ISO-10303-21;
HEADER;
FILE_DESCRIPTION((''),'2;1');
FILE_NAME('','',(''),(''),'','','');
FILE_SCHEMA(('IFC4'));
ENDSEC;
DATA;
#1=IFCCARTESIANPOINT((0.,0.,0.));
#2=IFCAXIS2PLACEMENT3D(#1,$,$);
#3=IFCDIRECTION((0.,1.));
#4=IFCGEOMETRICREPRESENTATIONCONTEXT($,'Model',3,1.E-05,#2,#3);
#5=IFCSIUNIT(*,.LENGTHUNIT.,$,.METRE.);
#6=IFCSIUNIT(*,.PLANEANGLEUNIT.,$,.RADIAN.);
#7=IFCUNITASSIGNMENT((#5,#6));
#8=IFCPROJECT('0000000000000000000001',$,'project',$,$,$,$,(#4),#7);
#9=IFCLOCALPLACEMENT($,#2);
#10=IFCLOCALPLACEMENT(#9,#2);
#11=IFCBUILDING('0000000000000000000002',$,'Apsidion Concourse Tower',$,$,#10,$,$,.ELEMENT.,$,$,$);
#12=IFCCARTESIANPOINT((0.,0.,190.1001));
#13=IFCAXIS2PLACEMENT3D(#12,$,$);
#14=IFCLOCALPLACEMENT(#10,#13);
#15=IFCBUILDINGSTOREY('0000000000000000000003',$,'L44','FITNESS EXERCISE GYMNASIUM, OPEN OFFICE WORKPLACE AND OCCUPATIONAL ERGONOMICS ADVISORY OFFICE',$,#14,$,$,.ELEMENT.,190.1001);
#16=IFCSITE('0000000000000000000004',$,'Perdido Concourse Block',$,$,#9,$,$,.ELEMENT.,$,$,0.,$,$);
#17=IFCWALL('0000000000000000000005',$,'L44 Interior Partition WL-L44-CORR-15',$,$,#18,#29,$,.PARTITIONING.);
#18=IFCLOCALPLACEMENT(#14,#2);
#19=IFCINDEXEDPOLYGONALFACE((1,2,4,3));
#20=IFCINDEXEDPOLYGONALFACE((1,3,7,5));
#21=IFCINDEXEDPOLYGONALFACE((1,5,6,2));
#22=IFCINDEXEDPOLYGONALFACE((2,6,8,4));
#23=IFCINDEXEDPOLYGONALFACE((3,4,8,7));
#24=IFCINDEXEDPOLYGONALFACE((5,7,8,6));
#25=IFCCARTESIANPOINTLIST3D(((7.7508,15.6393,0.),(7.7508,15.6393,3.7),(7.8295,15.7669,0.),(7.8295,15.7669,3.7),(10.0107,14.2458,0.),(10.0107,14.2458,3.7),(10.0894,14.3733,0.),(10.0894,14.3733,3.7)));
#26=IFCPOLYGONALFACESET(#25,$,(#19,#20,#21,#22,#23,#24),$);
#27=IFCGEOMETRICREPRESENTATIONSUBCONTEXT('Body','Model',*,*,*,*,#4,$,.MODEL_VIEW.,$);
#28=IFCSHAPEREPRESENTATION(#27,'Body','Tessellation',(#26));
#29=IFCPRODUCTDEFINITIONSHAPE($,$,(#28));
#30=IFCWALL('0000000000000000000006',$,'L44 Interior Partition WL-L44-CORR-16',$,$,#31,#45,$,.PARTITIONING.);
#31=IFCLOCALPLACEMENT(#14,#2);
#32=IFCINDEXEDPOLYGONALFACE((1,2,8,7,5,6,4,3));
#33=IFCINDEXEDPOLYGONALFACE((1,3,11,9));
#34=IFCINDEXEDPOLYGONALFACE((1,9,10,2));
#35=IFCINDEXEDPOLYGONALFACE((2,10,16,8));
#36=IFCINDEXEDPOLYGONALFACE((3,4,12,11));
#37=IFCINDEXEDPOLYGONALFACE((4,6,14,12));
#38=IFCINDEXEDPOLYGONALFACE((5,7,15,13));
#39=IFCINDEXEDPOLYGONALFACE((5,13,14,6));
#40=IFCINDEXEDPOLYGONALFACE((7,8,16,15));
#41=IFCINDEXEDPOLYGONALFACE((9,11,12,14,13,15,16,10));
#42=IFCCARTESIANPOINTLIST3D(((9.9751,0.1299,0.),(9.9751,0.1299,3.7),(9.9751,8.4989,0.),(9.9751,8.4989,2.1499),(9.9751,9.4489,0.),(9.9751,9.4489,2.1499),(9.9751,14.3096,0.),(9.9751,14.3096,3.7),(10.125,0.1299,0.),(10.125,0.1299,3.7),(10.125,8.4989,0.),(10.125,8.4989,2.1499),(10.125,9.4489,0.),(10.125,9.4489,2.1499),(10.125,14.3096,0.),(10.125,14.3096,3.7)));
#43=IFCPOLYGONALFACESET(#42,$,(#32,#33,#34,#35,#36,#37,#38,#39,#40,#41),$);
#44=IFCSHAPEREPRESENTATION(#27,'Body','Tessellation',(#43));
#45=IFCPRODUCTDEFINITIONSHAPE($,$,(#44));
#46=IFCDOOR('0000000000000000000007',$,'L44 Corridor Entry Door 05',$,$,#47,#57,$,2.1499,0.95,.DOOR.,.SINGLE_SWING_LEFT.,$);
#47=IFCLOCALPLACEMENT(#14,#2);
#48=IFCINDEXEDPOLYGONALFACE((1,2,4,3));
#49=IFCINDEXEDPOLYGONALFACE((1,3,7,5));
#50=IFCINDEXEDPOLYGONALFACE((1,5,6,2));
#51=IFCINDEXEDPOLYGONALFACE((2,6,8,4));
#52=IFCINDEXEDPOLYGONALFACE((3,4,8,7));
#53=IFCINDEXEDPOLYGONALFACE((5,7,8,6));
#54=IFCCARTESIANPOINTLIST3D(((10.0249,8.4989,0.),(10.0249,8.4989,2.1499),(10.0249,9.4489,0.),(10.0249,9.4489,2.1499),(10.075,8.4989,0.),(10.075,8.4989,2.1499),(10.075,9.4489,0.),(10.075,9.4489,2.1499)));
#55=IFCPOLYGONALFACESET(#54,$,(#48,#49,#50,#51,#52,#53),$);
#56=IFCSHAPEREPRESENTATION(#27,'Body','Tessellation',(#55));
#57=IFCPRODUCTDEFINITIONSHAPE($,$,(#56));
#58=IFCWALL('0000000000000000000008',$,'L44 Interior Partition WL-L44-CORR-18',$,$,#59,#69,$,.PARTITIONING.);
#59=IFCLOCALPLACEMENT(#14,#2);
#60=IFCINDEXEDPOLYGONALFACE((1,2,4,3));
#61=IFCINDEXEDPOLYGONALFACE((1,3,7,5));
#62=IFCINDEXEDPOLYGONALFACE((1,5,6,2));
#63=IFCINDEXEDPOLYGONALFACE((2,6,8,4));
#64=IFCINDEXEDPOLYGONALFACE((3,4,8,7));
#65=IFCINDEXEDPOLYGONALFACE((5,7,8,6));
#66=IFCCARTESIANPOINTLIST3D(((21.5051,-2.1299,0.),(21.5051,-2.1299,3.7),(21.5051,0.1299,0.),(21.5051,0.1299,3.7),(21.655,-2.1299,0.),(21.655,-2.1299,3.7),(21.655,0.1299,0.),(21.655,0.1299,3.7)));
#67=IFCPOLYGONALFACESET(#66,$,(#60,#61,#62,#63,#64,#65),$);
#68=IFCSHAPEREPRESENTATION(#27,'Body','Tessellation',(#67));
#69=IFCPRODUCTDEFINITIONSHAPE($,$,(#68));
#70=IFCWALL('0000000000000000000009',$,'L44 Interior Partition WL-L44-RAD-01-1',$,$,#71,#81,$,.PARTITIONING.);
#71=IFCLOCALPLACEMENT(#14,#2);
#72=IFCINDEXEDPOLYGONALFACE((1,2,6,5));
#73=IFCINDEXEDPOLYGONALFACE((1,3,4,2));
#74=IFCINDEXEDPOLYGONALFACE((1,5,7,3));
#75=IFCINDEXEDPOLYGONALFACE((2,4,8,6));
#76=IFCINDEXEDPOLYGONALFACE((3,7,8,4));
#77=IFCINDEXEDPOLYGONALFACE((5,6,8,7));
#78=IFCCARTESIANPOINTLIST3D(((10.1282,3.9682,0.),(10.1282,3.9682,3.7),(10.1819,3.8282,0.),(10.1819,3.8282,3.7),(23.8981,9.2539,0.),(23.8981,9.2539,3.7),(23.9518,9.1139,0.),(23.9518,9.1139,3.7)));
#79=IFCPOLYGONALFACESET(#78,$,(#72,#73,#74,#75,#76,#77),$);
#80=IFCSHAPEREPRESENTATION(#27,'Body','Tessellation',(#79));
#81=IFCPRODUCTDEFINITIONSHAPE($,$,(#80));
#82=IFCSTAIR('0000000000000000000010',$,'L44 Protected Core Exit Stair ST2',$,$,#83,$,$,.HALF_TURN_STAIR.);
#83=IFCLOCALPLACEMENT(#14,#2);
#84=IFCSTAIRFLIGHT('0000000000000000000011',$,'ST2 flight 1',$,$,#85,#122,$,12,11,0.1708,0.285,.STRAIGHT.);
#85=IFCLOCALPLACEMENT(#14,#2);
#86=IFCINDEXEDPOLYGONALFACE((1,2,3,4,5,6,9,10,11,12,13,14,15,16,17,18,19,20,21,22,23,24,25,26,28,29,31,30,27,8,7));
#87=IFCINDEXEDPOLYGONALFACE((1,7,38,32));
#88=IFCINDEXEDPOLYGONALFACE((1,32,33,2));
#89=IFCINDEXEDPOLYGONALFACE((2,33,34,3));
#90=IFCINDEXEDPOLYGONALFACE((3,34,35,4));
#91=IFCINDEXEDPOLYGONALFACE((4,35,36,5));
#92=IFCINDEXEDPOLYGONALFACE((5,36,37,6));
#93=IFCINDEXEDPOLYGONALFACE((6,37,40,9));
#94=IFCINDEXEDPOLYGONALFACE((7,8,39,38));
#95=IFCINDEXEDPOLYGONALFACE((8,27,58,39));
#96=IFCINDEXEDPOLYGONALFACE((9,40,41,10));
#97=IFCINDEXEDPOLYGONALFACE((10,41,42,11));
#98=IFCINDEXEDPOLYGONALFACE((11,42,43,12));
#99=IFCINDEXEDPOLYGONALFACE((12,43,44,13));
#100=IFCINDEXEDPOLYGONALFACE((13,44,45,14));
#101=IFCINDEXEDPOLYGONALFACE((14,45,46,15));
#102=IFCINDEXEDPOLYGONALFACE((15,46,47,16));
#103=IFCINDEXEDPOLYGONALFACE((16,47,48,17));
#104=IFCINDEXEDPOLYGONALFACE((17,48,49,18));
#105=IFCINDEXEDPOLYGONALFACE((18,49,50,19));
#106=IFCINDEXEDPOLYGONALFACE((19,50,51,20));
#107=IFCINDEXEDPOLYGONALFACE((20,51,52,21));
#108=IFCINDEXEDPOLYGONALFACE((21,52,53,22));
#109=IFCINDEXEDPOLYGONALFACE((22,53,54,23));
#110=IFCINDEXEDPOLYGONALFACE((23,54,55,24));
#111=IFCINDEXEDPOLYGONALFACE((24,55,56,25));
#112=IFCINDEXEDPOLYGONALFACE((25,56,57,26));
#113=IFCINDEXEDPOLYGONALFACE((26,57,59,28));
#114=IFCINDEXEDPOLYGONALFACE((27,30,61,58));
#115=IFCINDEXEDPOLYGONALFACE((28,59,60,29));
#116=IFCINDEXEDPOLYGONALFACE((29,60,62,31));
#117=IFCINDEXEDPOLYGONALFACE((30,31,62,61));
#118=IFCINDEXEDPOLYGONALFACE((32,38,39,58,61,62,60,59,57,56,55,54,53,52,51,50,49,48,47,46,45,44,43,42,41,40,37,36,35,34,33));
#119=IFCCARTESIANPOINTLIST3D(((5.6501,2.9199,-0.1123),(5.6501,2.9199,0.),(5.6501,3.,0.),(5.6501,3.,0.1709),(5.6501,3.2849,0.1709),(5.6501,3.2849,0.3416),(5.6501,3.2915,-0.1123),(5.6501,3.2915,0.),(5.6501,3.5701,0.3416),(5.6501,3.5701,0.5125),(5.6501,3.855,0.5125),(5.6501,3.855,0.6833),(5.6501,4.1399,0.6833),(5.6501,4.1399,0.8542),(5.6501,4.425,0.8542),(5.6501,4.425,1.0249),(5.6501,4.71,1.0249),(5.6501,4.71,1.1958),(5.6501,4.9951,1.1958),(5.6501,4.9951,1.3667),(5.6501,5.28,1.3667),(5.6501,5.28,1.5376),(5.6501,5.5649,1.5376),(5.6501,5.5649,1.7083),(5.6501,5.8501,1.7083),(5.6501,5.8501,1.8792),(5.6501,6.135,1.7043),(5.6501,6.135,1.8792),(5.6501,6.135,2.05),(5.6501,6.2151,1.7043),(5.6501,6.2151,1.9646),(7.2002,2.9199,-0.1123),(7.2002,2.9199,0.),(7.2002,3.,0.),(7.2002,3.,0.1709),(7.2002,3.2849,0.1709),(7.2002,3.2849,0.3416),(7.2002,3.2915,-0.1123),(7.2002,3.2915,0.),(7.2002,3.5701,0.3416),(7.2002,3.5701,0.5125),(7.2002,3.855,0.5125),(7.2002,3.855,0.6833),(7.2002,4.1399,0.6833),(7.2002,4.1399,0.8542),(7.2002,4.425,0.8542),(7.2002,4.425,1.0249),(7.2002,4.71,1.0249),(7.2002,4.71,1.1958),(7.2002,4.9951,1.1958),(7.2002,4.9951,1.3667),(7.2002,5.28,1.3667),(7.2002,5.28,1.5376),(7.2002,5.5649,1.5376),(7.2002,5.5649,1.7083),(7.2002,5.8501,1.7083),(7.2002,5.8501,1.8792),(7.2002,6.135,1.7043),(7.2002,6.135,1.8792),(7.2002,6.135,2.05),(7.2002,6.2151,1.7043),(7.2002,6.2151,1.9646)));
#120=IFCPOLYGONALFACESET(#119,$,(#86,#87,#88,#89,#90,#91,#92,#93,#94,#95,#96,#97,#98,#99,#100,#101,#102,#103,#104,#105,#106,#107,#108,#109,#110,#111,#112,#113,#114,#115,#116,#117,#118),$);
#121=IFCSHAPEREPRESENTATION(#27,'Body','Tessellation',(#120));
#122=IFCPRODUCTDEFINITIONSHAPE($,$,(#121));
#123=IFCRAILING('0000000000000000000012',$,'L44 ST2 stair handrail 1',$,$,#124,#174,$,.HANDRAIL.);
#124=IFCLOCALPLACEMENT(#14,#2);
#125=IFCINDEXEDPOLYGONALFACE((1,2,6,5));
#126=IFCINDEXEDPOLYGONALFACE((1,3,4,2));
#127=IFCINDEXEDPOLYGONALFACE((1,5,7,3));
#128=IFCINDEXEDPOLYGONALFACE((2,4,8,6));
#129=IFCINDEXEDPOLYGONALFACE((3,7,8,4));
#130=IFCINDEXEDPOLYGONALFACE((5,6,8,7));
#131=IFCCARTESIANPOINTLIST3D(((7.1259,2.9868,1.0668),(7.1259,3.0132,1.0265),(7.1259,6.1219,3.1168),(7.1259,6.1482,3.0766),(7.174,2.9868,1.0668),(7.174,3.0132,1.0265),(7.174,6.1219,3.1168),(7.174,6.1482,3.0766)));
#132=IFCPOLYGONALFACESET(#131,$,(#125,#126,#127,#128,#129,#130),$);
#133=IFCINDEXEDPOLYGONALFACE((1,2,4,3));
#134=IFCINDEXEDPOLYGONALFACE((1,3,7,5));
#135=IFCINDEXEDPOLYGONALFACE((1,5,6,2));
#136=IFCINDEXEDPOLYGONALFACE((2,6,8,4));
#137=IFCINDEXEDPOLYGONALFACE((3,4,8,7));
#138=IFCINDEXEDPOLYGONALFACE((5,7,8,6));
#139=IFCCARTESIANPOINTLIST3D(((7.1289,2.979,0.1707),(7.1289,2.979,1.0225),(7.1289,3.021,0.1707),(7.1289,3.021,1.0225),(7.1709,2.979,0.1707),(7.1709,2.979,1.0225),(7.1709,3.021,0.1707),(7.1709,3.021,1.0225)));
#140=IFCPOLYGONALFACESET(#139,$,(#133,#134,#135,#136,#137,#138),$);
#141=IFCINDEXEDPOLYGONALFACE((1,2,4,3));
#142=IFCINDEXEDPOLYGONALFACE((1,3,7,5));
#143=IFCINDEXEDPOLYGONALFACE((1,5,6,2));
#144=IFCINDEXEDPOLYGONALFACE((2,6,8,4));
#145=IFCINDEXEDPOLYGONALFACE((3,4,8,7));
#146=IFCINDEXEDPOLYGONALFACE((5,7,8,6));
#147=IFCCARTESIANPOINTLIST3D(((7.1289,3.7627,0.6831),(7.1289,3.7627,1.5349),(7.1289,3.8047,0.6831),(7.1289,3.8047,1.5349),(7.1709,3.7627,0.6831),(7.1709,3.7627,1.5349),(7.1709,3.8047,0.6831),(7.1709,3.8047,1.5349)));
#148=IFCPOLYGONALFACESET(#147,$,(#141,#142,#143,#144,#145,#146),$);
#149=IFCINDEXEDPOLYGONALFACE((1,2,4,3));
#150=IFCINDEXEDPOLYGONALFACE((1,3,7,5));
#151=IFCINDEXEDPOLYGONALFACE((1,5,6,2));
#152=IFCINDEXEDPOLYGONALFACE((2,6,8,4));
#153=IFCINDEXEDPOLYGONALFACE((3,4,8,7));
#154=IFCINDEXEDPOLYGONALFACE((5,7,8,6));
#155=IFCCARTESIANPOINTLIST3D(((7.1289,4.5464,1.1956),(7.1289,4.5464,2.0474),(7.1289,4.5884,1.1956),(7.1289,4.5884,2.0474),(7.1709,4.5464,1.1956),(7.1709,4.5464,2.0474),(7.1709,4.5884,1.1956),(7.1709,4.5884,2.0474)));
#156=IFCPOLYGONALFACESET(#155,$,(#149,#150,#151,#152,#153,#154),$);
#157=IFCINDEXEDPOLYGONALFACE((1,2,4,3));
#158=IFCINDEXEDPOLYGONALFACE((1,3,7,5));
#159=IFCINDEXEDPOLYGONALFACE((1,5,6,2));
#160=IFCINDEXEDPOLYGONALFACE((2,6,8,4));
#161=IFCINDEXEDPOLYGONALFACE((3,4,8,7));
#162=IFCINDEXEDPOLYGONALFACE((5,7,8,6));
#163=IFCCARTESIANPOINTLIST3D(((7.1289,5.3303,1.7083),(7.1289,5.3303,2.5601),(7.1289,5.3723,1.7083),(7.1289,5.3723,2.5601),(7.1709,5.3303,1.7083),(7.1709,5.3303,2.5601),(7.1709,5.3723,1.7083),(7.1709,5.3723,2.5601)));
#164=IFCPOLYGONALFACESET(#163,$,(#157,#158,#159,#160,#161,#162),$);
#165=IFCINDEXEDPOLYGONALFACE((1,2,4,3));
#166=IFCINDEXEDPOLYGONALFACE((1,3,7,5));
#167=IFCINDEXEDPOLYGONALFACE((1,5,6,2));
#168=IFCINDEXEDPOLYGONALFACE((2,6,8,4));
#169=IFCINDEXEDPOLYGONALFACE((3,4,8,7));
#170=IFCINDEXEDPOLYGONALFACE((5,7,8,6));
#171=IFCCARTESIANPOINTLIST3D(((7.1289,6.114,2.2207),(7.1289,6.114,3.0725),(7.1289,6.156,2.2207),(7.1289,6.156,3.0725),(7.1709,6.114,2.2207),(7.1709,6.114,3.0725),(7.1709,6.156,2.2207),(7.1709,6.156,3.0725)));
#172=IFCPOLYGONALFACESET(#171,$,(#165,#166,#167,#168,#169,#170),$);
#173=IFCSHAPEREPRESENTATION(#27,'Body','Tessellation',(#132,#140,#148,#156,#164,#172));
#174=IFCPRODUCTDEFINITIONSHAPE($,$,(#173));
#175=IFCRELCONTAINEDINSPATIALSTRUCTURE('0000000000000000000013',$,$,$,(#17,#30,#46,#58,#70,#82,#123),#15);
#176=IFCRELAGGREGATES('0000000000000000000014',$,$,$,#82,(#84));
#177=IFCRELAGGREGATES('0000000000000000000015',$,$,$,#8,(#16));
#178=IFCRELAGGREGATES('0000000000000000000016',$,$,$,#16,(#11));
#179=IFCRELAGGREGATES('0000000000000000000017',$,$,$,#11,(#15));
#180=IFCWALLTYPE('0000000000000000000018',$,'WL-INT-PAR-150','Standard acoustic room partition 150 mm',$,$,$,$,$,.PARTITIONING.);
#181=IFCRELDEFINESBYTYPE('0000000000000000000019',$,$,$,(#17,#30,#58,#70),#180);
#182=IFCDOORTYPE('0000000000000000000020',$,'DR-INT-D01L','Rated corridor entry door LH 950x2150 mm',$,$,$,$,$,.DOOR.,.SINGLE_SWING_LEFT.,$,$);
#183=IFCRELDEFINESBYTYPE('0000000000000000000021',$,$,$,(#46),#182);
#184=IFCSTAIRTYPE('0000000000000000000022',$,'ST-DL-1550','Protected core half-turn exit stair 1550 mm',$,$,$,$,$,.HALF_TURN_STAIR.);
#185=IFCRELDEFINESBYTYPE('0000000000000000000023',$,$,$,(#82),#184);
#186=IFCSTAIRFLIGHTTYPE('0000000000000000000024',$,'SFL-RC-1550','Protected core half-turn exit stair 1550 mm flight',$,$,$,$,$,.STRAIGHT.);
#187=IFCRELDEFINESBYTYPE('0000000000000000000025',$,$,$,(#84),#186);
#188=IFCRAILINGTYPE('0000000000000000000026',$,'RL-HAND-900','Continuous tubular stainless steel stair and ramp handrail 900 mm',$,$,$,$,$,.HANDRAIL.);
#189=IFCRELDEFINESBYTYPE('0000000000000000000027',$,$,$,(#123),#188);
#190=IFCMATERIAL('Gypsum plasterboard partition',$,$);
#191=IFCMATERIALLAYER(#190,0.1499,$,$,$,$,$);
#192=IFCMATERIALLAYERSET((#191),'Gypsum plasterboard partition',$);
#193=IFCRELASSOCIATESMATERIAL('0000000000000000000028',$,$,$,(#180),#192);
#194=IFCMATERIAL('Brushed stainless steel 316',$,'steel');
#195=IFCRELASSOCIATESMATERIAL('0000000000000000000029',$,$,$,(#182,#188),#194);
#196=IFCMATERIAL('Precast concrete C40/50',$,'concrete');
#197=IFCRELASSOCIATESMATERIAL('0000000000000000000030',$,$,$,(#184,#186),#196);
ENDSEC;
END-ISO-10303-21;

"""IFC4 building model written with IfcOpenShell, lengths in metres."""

from ifc_helpers import new_model, si_unit, direction, frame, frame_2d, origin, origin_2d, place, context, subcontext, project, spatial, polyline, rectangle, outline, extrude, material, layer, layer_set, type_object, element, fill, aggregate, save


model = new_model("IFC4")

# Units and contexts
model_context = context("Model", 3, precision=1e-05, world=origin(), true_north=direction((0.0, 1.0)))
body_context = subcontext(model_context, "Body", "Model", "MODEL_VIEW")
ifc_project = project(units=[si_unit("LENGTHUNIT", "METRE"), si_unit("PLANEANGLEUNIT", "RADIAN")], contexts=[model_context])

# Site, building, storey
site_placement = place(None, origin())
site = spatial("IfcSite", under=ifc_project, at=site_placement, Name="Perdido Concourse Block", CompositionType="ELEMENT", RefElevation=0.0)
building_placement = place(site_placement, origin())
building = spatial("IfcBuilding", under=site, at=building_placement, Name="Apsidion Concourse Tower", CompositionType="ELEMENT")
storey_placement = place(building_placement, frame((0.0, 0.0, 190.1001)))
storey = spatial("IfcBuildingStorey", under=building, at=storey_placement, Name="L44", Description="FITNESS EXERCISE GYMNASIUM, OPEN OFFICE WORKPLACE AND OCCUPATIONAL ERGONOMICS ADVISORY OFFICE", CompositionType="ELEMENT", Elevation=190.1001)

# Wall
ifc_material_1 = material(Name="Precast concrete C40/50", Category="concrete")
ifc_material_2 = material(Name="Gypsum plasterboard partition")
ifc_layer_1 = layer(ifc_material_2, 0.1499)
ifc_layer_set_1 = layer_set([ifc_layer_1], Name="Gypsum plasterboard partition")
wall_type_1 = type_object("IfcWallType", Name="WL-INT-PAR-150", Description="Standard acoustic room partition 150 mm", PredefinedType="PARTITIONING", material=ifc_layer_set_1)
wall_1_placement = place(storey_placement, frame((7.79, 15.7031, 0.0), z_axis=(0.0, 0.0, 1.0), x_axis=(0.851191, -0.524857, 0.0)))
element("IfcWall", 1, at=wall_1_placement, inside=storey, type_object=wall_type_1, Name="L44 Interior Partition WL-L44-CORR-15", PredefinedType="PARTITIONING", context=body_context, shape_type="SweptSolid", body=[
    extrude(rectangle(XDim=2.655, YDim=0.1499, at=frame_2d((1.3276, 0.0))), origin(), (0.0, 0.0, 1.0), 3.7),
])

# Wall, opening, door
wall_2_placement = place(storey_placement, frame((10.05, 14.3096, 0.0), z_axis=(0.0, 0.0, 1.0), x_axis=(0.0, -1.0, 0.0)))
wall_2 = element("IfcWall", 2, at=wall_2_placement, inside=storey, type_object=wall_type_1, Name="L44 Interior Partition WL-L44-CORR-16", PredefinedType="PARTITIONING", context=body_context, shape_type="SweptSolid", body=[
    extrude(rectangle(XDim=14.1797, YDim=0.1499, at=frame_2d((7.0898, 0.0))), origin(), (0.0, 0.0, 1.0), 3.7),
])
opening_placement = place(wall_2_placement, frame((4.8606, 0.0, 0.0)))
opening = element("IfcOpeningElement", 3, at=opening_placement, cuts=wall_2, PredefinedType="OPENING", context=body_context, shape_type="SweptSolid", body=[
    extrude(rectangle(XDim=0.95, YDim=2.1499, at=frame_2d((0.4751, 1.075))), frame((0.0, 0.085, 0.0), z_axis=(0.0, -1.0, 0.0), x_axis=(1.0, 0.0, 0.0)), (0.0, 0.0, 1.0), 0.1699),
])
ifc_material_3 = material(Name="Brushed stainless steel 316", Category="steel")
door_type = type_object("IfcDoorType", Name="DR-INT-D01L", Description="Rated corridor entry door LH 950x2150 mm", OperationType="SINGLE_SWING_LEFT", PredefinedType="DOOR", material=ifc_material_3)
door_placement = place(opening_placement, origin())
door = element("IfcDoor", 4, at=door_placement, inside=storey, type_object=door_type, Name="L44 Corridor Entry Door 05", OperationType="SINGLE_SWING_LEFT", OverallHeight=2.1499, OverallWidth=0.95, PredefinedType="DOOR", context=body_context, shape_type="SweptSolid", body=[
    extrude(rectangle(XDim=0.95, YDim=2.1499, at=frame_2d((0.4751, 1.075))), frame((0.0, 0.0249, 0.0), z_axis=(0.0, -1.0, 0.0), x_axis=(1.0, 0.0, 0.0)), (0.0, 0.0, 1.0), 0.05),
])
fill(opening, door)

# Walls
wall_3_placement = place(storey_placement, frame((21.5801, 0.1299, 0.0), z_axis=(0.0, 0.0, 1.0), x_axis=(0.0, -1.0, 0.0)))
element("IfcWall", 5, at=wall_3_placement, inside=storey, type_object=wall_type_1, Name="L44 Interior Partition WL-L44-CORR-18", PredefinedType="PARTITIONING", context=body_context, shape_type="SweptSolid", body=[
    extrude(rectangle(XDim=2.2598, YDim=0.1499, at=frame_2d((1.1299, 0.0))), origin(), (0.0, 0.0, 1.0), 3.7),
])
wall_4_placement = place(storey_placement, frame((10.155, 3.8982, 0.0), z_axis=(0.0, 0.0, 1.0), x_axis=(0.933582, 0.358363, 0.0)))
element("IfcWall", 6, at=wall_4_placement, inside=storey, type_object=wall_type_1, Name="L44 Interior Partition WL-L44-RAD-01-1", PredefinedType="PARTITIONING", context=body_context, shape_type="SweptSolid", body=[
    extrude(rectangle(XDim=14.7495, YDim=0.1499, at=frame_2d((7.3748, 0.0))), origin(), (0.0, 0.0, 1.0), 3.7),
])

# Stair, stair flight
stair_type = type_object("IfcStairType", Name="ST-DL-1550", Description="Protected core half-turn exit stair 1550 mm", PredefinedType="HALF_TURN_STAIR", material=ifc_material_1)
stair_placement = place(storey_placement, origin())
stair = element("IfcStair", 7, at=stair_placement, inside=storey, type_object=stair_type, Name="L44 Protected Core Exit Stair ST2", PredefinedType="HALF_TURN_STAIR")
stair_flight_type = type_object("IfcStairFlightType", Name="SFL-RC-1550", Description="Protected core half-turn exit stair 1550 mm flight", PredefinedType="STRAIGHT", material=ifc_material_1)
stair_flight_placement = place(storey_placement, frame((6.425, 3.0, 0.0), z_axis=(0.0, 0.0, 1.0), x_axis=(0.0, 1.0, 0.0)))
stair_flight = element("IfcStairFlight", 8, at=stair_flight_placement, type_object=stair_flight_type, Name="ST2 flight 1", NumberOfRisers=12, NumberOfTreads=11, PredefinedType="STRAIGHT", RiserHeight=0.1708, TreadLength=0.285, context=body_context, shape_type="SweptSolid", body=[
    extrude(outline(polyline([(-0.0801, -0.1123), (-0.0801, 0.0), (0.0, 0.0), (0.0, 0.1709), (0.2849, 0.1709), (0.2849, 0.3416), (0.5701, 0.3416), (0.5701, 0.5125), (0.855, 0.5125), (0.855, 0.6833), (1.1399, 0.6833), (1.1399, 0.8542), (1.425, 0.8542), (1.425, 1.0249), (1.71, 1.0249), (1.71, 1.1958), (1.9951, 1.1958), (1.9951, 1.3667), (2.28, 1.3667), (2.28, 1.5376), (2.5649, 1.5376), (2.5649, 1.7083), (2.8501, 1.7083), (2.8501, 1.8792), (3.135, 1.8792), (3.135, 2.05), (3.2151, 1.9646), (3.2151, 1.7043), (3.135, 1.7043), (0.2915, 0.0), (0.2915, -0.1123), (-0.0801, -0.1123)])), frame((0.0, 0.7749, 0.0), z_axis=(0.0, -1.0, 0.0), x_axis=(1.0, 0.0, 0.0)), (0.0, 0.0, 1.0), 1.55),
])
aggregate(stair, [stair_flight])

# Railing
railing_type = type_object("IfcRailingType", Name="RL-HAND-900", Description="Continuous tubular stainless steel stair and ramp handrail 900 mm", PredefinedType="HANDRAIL", material=ifc_material_3)
railing_placement = place(storey_placement, frame((7.1499, 3.0, 0.1707)))
element("IfcRailing", 9, at=railing_placement, inside=storey, type_object=railing_type, Name="L44 ST2 stair handrail 1", PredefinedType="HANDRAIL", context=body_context, shape_type="SweptSolid", body=[
    extrude(rectangle(XDim=0.0481, YDim=0.0481, at=origin_2d()), frame((0.0, 0.0, 0.876), z_axis=(0.0, 0.836941, 0.547293), x_axis=(-1.0, 0.0, 0.0)), (0.0, 0.0, 1.0), 3.7458),
    extrude(rectangle(XDim=0.042, YDim=0.042, at=origin_2d()), origin(), (0.0, 0.0, 1.0), 0.8518),
    extrude(rectangle(XDim=0.042, YDim=0.042, at=origin_2d()), frame((0.0, 0.7837, 0.5125)), (0.0, 0.0, 1.0), 0.8518),
    extrude(rectangle(XDim=0.042, YDim=0.042, at=origin_2d()), frame((0.0, 1.5674, 1.0249)), (0.0, 0.0, 1.0), 0.8518),
    extrude(rectangle(XDim=0.042, YDim=0.042, at=origin_2d()), frame((0.0, 2.3513, 1.5376)), (0.0, 0.0, 1.0), 0.8518),
    extrude(rectangle(XDim=0.042, YDim=0.042, at=origin_2d()), frame((0.0, 3.135, 2.05)), (0.0, 0.0, 1.0), 0.8518),
])

save(model, "model.ifc")
